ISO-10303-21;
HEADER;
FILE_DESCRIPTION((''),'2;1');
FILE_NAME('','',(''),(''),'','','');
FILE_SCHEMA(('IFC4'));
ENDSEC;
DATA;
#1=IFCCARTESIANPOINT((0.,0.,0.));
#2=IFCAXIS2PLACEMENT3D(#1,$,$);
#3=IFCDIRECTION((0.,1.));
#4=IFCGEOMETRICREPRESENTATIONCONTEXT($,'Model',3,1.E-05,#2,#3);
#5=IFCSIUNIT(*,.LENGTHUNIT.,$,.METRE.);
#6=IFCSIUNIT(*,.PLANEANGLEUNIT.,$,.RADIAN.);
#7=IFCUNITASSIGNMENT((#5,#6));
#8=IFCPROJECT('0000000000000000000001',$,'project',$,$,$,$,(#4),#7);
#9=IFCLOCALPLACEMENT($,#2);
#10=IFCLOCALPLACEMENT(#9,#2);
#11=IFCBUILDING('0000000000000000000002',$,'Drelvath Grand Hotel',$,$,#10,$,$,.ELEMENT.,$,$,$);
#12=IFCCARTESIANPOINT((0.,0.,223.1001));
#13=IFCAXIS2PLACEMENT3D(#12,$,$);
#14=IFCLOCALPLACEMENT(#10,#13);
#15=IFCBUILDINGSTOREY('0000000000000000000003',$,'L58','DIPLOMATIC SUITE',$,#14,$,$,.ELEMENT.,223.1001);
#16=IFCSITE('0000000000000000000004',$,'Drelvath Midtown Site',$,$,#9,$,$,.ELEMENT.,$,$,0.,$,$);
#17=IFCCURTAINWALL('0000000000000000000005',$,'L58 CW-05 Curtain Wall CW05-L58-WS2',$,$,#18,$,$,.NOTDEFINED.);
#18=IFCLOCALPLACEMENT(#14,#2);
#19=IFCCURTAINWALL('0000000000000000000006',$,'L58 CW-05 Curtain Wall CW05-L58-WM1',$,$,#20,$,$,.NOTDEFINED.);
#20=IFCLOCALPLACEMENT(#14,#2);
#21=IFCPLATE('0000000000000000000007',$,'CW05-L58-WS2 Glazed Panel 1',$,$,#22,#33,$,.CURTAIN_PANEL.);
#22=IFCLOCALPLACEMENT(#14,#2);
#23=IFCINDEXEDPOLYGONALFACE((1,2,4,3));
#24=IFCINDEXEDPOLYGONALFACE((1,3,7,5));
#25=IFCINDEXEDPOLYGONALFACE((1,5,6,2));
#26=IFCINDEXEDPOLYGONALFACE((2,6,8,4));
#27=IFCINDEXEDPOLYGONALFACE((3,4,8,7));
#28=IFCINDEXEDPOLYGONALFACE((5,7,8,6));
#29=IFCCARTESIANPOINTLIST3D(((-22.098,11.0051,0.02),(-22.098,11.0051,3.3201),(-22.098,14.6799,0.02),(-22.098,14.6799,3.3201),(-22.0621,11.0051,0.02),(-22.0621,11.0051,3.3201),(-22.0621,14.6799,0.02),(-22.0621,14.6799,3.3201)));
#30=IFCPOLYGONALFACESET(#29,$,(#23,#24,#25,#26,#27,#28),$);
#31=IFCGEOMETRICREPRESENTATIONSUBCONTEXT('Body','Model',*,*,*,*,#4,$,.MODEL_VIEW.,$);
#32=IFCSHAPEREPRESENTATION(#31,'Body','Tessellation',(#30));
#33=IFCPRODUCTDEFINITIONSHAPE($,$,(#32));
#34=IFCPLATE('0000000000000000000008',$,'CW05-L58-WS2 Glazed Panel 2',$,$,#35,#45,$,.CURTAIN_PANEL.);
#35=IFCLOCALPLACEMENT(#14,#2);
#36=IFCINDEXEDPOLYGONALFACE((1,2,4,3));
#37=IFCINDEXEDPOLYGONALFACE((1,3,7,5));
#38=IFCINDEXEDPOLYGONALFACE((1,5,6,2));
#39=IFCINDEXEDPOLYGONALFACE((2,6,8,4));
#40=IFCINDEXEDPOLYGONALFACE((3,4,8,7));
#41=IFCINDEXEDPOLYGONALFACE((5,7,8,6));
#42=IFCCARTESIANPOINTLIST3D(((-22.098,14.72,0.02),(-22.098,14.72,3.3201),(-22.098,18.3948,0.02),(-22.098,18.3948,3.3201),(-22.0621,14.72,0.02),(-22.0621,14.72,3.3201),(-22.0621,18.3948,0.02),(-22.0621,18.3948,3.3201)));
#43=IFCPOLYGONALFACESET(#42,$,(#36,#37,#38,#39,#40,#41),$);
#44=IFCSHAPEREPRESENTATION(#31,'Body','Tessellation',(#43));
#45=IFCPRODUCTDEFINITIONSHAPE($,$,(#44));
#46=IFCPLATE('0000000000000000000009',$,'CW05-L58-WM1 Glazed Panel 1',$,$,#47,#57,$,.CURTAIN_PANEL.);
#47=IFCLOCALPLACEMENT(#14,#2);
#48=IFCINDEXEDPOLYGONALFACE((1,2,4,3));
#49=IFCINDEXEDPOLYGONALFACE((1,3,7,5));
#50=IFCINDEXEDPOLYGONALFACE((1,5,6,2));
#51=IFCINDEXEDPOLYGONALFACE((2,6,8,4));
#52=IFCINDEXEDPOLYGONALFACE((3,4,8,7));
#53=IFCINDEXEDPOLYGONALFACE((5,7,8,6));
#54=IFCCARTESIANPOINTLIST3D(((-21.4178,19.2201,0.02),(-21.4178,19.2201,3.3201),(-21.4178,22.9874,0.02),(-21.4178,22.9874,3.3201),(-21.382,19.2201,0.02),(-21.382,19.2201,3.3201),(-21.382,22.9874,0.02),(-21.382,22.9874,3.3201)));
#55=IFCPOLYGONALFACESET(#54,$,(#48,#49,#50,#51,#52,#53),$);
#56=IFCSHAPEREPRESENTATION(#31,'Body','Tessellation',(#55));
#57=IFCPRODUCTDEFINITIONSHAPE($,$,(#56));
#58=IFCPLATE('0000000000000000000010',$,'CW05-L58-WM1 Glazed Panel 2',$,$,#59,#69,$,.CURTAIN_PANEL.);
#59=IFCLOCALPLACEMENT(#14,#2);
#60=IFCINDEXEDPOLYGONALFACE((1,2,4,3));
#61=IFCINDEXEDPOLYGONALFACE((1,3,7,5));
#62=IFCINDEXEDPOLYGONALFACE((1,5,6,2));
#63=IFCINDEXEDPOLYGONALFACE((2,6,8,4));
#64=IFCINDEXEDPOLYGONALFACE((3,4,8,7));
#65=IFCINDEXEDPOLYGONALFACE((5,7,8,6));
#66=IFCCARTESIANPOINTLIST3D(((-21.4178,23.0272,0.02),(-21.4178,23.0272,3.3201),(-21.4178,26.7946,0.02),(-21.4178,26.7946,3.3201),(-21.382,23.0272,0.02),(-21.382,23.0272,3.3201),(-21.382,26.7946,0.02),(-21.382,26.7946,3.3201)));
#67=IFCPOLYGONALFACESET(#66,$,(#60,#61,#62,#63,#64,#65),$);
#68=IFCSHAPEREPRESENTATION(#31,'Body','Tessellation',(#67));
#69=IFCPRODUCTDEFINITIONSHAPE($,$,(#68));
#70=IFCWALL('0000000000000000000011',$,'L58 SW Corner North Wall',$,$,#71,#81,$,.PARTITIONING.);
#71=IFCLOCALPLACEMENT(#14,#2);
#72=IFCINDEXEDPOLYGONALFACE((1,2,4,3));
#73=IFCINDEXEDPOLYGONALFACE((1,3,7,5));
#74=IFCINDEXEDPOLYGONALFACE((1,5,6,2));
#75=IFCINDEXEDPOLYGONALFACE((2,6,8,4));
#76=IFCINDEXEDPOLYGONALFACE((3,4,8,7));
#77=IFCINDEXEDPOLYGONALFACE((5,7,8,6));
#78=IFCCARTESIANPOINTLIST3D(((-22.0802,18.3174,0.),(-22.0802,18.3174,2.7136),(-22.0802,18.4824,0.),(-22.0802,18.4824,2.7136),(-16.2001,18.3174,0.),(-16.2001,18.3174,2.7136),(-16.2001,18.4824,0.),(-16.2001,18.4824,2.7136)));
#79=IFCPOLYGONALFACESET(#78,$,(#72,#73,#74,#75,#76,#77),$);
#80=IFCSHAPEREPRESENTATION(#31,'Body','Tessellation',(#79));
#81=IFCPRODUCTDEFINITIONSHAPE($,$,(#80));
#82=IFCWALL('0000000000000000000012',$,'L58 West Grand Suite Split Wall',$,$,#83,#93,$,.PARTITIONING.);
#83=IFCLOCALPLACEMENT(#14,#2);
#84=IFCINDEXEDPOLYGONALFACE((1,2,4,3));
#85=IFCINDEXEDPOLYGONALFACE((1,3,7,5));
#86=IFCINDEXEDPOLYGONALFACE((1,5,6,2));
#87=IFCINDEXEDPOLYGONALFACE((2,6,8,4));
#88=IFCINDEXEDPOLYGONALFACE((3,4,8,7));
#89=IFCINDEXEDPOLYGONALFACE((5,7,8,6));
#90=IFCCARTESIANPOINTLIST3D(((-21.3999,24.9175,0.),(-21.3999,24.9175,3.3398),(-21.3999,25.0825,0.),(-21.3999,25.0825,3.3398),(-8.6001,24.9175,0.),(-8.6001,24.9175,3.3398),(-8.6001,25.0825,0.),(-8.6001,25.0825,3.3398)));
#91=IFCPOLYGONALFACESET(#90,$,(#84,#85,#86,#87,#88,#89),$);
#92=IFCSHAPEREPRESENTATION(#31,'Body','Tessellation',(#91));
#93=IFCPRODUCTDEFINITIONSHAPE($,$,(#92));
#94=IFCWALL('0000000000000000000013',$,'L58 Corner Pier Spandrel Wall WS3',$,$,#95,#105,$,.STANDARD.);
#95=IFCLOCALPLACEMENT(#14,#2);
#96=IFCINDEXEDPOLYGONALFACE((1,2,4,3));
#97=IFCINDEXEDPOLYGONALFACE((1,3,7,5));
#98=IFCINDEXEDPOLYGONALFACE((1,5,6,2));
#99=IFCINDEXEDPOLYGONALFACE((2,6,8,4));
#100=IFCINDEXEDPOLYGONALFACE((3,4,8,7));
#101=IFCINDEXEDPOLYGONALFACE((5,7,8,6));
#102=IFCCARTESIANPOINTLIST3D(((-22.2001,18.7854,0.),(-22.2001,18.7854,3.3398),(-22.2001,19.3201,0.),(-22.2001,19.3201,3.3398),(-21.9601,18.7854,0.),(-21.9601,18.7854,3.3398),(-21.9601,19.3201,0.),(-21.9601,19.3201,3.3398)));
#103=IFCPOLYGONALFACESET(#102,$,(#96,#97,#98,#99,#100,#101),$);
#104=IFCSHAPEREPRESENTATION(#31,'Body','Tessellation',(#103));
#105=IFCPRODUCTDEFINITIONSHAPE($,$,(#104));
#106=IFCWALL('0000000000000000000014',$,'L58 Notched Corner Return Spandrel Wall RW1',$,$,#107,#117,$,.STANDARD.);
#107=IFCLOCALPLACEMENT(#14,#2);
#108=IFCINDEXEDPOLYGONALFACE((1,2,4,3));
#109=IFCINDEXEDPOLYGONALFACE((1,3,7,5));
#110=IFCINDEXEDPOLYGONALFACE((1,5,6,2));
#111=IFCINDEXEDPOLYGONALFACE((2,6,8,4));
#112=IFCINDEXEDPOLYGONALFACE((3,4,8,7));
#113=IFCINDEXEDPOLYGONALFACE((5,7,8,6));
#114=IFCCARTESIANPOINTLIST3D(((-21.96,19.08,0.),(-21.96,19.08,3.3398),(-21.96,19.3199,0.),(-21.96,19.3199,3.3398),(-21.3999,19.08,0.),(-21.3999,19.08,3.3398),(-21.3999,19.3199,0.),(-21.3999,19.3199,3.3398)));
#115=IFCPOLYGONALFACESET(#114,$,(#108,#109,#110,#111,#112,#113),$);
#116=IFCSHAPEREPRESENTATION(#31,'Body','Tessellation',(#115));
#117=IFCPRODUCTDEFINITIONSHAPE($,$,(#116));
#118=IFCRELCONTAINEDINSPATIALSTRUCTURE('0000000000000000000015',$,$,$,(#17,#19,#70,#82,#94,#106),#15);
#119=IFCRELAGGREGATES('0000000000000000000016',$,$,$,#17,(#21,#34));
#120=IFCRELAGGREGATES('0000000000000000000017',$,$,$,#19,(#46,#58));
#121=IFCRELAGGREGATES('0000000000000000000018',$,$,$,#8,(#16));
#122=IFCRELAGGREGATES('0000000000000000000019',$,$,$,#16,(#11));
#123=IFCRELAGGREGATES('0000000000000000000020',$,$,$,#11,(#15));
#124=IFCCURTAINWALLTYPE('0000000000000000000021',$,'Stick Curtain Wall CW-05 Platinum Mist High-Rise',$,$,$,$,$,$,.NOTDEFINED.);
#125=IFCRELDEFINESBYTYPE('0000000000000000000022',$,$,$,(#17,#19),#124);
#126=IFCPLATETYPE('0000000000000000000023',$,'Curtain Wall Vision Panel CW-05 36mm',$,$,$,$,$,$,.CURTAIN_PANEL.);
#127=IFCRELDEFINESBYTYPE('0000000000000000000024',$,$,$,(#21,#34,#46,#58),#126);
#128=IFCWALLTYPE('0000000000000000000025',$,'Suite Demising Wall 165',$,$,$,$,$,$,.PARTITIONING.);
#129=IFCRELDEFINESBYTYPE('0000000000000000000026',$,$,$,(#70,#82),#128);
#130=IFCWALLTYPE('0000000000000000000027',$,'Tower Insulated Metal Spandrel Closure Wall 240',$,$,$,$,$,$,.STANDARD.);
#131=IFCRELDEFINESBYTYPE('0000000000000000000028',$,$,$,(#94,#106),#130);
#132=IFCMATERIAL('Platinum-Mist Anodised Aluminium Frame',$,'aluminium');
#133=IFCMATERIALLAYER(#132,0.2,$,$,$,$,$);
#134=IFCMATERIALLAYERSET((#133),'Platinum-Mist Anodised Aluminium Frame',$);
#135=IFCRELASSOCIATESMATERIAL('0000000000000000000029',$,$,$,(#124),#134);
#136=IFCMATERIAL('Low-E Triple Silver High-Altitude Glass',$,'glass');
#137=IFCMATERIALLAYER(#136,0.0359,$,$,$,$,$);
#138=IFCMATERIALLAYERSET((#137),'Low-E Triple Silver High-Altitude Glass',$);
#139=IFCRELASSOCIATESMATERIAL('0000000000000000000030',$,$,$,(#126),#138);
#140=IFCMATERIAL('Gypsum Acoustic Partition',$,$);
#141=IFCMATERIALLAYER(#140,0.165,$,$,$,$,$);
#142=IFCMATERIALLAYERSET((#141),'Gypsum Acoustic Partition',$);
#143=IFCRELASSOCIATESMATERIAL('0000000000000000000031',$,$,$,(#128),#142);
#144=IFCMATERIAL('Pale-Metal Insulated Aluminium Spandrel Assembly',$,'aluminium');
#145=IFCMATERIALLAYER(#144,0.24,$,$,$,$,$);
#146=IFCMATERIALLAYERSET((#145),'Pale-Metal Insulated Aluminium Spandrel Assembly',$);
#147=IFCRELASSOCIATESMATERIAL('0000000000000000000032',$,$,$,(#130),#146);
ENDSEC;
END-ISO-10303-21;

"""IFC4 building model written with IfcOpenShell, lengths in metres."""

from ifc_helpers import new_model, si_unit, direction, frame, frame_2d, origin, origin_2d, place, context, subcontext, project, spatial, rectangle, extrude, material, layer, layer_set, type_object, element, aggregate, save


model = new_model("IFC4")

# Units and contexts
model_context = context("Model", 3, precision=1e-05, world=origin(), true_north=direction((0.0, 1.0)))
body_context = subcontext(model_context, "Body", "Model", "MODEL_VIEW")
ifc_project = project(units=[si_unit("LENGTHUNIT", "METRE"), si_unit("PLANEANGLEUNIT", "RADIAN")], contexts=[model_context])

# Site, building, storey
site_placement = place(None, origin())
site = spatial("IfcSite", under=ifc_project, at=site_placement, Name="Drelvath Midtown Site", CompositionType="ELEMENT", RefElevation=0.0)
building_placement = place(site_placement, origin())
building = spatial("IfcBuilding", under=site, at=building_placement, Name="Drelvath Grand Hotel", CompositionType="ELEMENT")
storey_placement = place(building_placement, frame((0.0, 0.0, 223.1001)))
storey = spatial("IfcBuildingStorey", under=building, at=storey_placement, Name="L58", Description="DIPLOMATIC SUITE", CompositionType="ELEMENT", Elevation=223.1001)

# Curtain walls
ifc_material_1 = material(Name="Platinum-Mist Anodised Aluminium Frame", Category="aluminium")
ifc_layer_1 = layer(ifc_material_1, 0.2)
ifc_layer_set_1 = layer_set([ifc_layer_1], Name="Platinum-Mist Anodised Aluminium Frame")
curtain_wall_type = type_object("IfcCurtainWallType", Name="Stick Curtain Wall CW-05 Platinum Mist High-Rise", PredefinedType="NOTDEFINED", material=ifc_layer_set_1)
curtain_wall_1_placement = place(storey_placement, origin())
curtain_wall_1 = element("IfcCurtainWall", 1, at=curtain_wall_1_placement, inside=storey, type_object=curtain_wall_type, Name="L58 CW-05 Curtain Wall CW05-L58-WS2", PredefinedType="NOTDEFINED")
curtain_wall_2_placement = place(storey_placement, origin())
curtain_wall_2 = element("IfcCurtainWall", 2, at=curtain_wall_2_placement, inside=storey, type_object=curtain_wall_type, Name="L58 CW-05 Curtain Wall CW05-L58-WM1", PredefinedType="NOTDEFINED")

# Plates
ifc_material_2 = material(Name="Low-E Triple Silver High-Altitude Glass", Category="glass")
ifc_layer_2 = layer(ifc_material_2, 0.0359)
ifc_layer_set_2 = layer_set([ifc_layer_2], Name="Low-E Triple Silver High-Altitude Glass")
plate_type = type_object("IfcPlateType", Name="Curtain Wall Vision Panel CW-05 36mm", PredefinedType="CURTAIN_PANEL", material=ifc_layer_set_2)
plate_1_placement = place(storey_placement, frame((-22.0801, 12.8425, 0.02), z_axis=(0.0, 0.0, 1.0), x_axis=(0.0, 1.0, 0.0)))
plate_1 = element("IfcPlate", 3, at=plate_1_placement, type_object=plate_type, Name="CW05-L58-WS2 Glazed Panel 1", PredefinedType="CURTAIN_PANEL", context=body_context, shape_type="SweptSolid", body=[
    extrude(rectangle(XDim=3.6748, YDim=0.0359, at=origin_2d()), origin(), (0.0, 0.0, 1.0), 3.3),
])
plate_2_placement = place(storey_placement, frame((-22.0801, 16.5574, 0.02), z_axis=(0.0, 0.0, 1.0), x_axis=(0.0, 1.0, 0.0)))
plate_2 = element("IfcPlate", 4, at=plate_2_placement, type_object=plate_type, Name="CW05-L58-WS2 Glazed Panel 2", PredefinedType="CURTAIN_PANEL", context=body_context, shape_type="SweptSolid", body=[
    extrude(rectangle(XDim=3.6748, YDim=0.0359, at=origin_2d()), origin(), (0.0, 0.0, 1.0), 3.3),
])
aggregate(curtain_wall_1, [plate_1, plate_2])
plate_3_placement = place(storey_placement, frame((-21.3999, 21.1038, 0.02), z_axis=(0.0, 0.0, 1.0), x_axis=(0.0, 1.0, 0.0)))
plate_3 = element("IfcPlate", 5, at=plate_3_placement, type_object=plate_type, Name="CW05-L58-WM1 Glazed Panel 1", PredefinedType="CURTAIN_PANEL", context=body_context, shape_type="SweptSolid", body=[
    extrude(rectangle(XDim=3.7673, YDim=0.0359, at=origin_2d()), origin(), (0.0, 0.0, 1.0), 3.3),
])
plate_4_placement = place(storey_placement, frame((-21.3999, 24.9109, 0.02), z_axis=(0.0, 0.0, 1.0), x_axis=(0.0, 1.0, 0.0)))
plate_4 = element("IfcPlate", 6, at=plate_4_placement, type_object=plate_type, Name="CW05-L58-WM1 Glazed Panel 2", PredefinedType="CURTAIN_PANEL", context=body_context, shape_type="SweptSolid", body=[
    extrude(rectangle(XDim=3.7673, YDim=0.0359, at=origin_2d()), origin(), (0.0, 0.0, 1.0), 3.3),
])
aggregate(curtain_wall_2, [plate_3, plate_4])

# Walls
ifc_material_3 = material(Name="Gypsum Acoustic Partition")
ifc_layer_3 = layer(ifc_material_3, 0.165)
ifc_layer_set_3 = layer_set([ifc_layer_3], Name="Gypsum Acoustic Partition")
wall_type_1 = type_object("IfcWallType", Name="Suite Demising Wall 165", PredefinedType="PARTITIONING", material=ifc_layer_set_3)
wall_1_placement = place(storey_placement, frame((-22.0801, 18.3999, 0.0), z_axis=(0.0, 0.0, 1.0), x_axis=(1.0, 0.0, 0.0)))
element("IfcWall", 7, at=wall_1_placement, inside=storey, type_object=wall_type_1, Name="L58 SW Corner North Wall", PredefinedType="PARTITIONING", context=body_context, shape_type="SweptSolid", body=[
    extrude(rectangle(XDim=5.8801, YDim=0.165, at=frame_2d((2.9399, 0.0))), origin(), (0.0, 0.0, 1.0), 2.7136),
])
wall_2_placement = place(storey_placement, frame((-21.3999, 25.0, 0.0), z_axis=(0.0, 0.0, 1.0), x_axis=(1.0, 0.0, 0.0)))
element("IfcWall", 8, at=wall_2_placement, inside=storey, type_object=wall_type_1, Name="L58 West Grand Suite Split Wall", PredefinedType="PARTITIONING", context=body_context, shape_type="SweptSolid", body=[
    extrude(rectangle(XDim=12.7998, YDim=0.165, at=frame_2d((6.3999, 0.0))), origin(), (0.0, 0.0, 1.0), 3.3398),
])
ifc_material_4 = material(Name="Pale-Metal Insulated Aluminium Spandrel Assembly", Category="aluminium")
ifc_layer_4 = layer(ifc_material_4, 0.24)
ifc_layer_set_4 = layer_set([ifc_layer_4], Name="Pale-Metal Insulated Aluminium Spandrel Assembly")
wall_type_2 = type_object("IfcWallType", Name="Tower Insulated Metal Spandrel Closure Wall 240", PredefinedType="STANDARD", material=ifc_layer_set_4)
wall_3_placement = place(storey_placement, frame((-22.0801, 18.7854, 0.0), z_axis=(0.0, 0.0, 1.0), x_axis=(0.0, 1.0, 0.0)))
element("IfcWall", 9, at=wall_3_placement, inside=storey, type_object=wall_type_2, Name="L58 Corner Pier Spandrel Wall WS3", PredefinedType="STANDARD", context=body_context, shape_type="SweptSolid", body=[
    extrude(rectangle(XDim=0.5347, YDim=0.24, at=frame_2d((0.2673, 0.0))), origin(), (0.0, 0.0, 1.0), 3.3398),
])
wall_4_placement = place(storey_placement, frame((-21.96, 19.2, 0.0), z_axis=(0.0, 0.0, 1.0), x_axis=(1.0, 0.0, 0.0)))
element("IfcWall", 10, at=wall_4_placement, inside=storey, type_object=wall_type_2, Name="L58 Notched Corner Return Spandrel Wall RW1", PredefinedType="STANDARD", context=body_context, shape_type="SweptSolid", body=[
    extrude(rectangle(XDim=0.5601, YDim=0.24, at=frame_2d((0.28, 0.0))), origin(), (0.0, 0.0, 1.0), 3.3398),
])

save(model, "model.ifc")
